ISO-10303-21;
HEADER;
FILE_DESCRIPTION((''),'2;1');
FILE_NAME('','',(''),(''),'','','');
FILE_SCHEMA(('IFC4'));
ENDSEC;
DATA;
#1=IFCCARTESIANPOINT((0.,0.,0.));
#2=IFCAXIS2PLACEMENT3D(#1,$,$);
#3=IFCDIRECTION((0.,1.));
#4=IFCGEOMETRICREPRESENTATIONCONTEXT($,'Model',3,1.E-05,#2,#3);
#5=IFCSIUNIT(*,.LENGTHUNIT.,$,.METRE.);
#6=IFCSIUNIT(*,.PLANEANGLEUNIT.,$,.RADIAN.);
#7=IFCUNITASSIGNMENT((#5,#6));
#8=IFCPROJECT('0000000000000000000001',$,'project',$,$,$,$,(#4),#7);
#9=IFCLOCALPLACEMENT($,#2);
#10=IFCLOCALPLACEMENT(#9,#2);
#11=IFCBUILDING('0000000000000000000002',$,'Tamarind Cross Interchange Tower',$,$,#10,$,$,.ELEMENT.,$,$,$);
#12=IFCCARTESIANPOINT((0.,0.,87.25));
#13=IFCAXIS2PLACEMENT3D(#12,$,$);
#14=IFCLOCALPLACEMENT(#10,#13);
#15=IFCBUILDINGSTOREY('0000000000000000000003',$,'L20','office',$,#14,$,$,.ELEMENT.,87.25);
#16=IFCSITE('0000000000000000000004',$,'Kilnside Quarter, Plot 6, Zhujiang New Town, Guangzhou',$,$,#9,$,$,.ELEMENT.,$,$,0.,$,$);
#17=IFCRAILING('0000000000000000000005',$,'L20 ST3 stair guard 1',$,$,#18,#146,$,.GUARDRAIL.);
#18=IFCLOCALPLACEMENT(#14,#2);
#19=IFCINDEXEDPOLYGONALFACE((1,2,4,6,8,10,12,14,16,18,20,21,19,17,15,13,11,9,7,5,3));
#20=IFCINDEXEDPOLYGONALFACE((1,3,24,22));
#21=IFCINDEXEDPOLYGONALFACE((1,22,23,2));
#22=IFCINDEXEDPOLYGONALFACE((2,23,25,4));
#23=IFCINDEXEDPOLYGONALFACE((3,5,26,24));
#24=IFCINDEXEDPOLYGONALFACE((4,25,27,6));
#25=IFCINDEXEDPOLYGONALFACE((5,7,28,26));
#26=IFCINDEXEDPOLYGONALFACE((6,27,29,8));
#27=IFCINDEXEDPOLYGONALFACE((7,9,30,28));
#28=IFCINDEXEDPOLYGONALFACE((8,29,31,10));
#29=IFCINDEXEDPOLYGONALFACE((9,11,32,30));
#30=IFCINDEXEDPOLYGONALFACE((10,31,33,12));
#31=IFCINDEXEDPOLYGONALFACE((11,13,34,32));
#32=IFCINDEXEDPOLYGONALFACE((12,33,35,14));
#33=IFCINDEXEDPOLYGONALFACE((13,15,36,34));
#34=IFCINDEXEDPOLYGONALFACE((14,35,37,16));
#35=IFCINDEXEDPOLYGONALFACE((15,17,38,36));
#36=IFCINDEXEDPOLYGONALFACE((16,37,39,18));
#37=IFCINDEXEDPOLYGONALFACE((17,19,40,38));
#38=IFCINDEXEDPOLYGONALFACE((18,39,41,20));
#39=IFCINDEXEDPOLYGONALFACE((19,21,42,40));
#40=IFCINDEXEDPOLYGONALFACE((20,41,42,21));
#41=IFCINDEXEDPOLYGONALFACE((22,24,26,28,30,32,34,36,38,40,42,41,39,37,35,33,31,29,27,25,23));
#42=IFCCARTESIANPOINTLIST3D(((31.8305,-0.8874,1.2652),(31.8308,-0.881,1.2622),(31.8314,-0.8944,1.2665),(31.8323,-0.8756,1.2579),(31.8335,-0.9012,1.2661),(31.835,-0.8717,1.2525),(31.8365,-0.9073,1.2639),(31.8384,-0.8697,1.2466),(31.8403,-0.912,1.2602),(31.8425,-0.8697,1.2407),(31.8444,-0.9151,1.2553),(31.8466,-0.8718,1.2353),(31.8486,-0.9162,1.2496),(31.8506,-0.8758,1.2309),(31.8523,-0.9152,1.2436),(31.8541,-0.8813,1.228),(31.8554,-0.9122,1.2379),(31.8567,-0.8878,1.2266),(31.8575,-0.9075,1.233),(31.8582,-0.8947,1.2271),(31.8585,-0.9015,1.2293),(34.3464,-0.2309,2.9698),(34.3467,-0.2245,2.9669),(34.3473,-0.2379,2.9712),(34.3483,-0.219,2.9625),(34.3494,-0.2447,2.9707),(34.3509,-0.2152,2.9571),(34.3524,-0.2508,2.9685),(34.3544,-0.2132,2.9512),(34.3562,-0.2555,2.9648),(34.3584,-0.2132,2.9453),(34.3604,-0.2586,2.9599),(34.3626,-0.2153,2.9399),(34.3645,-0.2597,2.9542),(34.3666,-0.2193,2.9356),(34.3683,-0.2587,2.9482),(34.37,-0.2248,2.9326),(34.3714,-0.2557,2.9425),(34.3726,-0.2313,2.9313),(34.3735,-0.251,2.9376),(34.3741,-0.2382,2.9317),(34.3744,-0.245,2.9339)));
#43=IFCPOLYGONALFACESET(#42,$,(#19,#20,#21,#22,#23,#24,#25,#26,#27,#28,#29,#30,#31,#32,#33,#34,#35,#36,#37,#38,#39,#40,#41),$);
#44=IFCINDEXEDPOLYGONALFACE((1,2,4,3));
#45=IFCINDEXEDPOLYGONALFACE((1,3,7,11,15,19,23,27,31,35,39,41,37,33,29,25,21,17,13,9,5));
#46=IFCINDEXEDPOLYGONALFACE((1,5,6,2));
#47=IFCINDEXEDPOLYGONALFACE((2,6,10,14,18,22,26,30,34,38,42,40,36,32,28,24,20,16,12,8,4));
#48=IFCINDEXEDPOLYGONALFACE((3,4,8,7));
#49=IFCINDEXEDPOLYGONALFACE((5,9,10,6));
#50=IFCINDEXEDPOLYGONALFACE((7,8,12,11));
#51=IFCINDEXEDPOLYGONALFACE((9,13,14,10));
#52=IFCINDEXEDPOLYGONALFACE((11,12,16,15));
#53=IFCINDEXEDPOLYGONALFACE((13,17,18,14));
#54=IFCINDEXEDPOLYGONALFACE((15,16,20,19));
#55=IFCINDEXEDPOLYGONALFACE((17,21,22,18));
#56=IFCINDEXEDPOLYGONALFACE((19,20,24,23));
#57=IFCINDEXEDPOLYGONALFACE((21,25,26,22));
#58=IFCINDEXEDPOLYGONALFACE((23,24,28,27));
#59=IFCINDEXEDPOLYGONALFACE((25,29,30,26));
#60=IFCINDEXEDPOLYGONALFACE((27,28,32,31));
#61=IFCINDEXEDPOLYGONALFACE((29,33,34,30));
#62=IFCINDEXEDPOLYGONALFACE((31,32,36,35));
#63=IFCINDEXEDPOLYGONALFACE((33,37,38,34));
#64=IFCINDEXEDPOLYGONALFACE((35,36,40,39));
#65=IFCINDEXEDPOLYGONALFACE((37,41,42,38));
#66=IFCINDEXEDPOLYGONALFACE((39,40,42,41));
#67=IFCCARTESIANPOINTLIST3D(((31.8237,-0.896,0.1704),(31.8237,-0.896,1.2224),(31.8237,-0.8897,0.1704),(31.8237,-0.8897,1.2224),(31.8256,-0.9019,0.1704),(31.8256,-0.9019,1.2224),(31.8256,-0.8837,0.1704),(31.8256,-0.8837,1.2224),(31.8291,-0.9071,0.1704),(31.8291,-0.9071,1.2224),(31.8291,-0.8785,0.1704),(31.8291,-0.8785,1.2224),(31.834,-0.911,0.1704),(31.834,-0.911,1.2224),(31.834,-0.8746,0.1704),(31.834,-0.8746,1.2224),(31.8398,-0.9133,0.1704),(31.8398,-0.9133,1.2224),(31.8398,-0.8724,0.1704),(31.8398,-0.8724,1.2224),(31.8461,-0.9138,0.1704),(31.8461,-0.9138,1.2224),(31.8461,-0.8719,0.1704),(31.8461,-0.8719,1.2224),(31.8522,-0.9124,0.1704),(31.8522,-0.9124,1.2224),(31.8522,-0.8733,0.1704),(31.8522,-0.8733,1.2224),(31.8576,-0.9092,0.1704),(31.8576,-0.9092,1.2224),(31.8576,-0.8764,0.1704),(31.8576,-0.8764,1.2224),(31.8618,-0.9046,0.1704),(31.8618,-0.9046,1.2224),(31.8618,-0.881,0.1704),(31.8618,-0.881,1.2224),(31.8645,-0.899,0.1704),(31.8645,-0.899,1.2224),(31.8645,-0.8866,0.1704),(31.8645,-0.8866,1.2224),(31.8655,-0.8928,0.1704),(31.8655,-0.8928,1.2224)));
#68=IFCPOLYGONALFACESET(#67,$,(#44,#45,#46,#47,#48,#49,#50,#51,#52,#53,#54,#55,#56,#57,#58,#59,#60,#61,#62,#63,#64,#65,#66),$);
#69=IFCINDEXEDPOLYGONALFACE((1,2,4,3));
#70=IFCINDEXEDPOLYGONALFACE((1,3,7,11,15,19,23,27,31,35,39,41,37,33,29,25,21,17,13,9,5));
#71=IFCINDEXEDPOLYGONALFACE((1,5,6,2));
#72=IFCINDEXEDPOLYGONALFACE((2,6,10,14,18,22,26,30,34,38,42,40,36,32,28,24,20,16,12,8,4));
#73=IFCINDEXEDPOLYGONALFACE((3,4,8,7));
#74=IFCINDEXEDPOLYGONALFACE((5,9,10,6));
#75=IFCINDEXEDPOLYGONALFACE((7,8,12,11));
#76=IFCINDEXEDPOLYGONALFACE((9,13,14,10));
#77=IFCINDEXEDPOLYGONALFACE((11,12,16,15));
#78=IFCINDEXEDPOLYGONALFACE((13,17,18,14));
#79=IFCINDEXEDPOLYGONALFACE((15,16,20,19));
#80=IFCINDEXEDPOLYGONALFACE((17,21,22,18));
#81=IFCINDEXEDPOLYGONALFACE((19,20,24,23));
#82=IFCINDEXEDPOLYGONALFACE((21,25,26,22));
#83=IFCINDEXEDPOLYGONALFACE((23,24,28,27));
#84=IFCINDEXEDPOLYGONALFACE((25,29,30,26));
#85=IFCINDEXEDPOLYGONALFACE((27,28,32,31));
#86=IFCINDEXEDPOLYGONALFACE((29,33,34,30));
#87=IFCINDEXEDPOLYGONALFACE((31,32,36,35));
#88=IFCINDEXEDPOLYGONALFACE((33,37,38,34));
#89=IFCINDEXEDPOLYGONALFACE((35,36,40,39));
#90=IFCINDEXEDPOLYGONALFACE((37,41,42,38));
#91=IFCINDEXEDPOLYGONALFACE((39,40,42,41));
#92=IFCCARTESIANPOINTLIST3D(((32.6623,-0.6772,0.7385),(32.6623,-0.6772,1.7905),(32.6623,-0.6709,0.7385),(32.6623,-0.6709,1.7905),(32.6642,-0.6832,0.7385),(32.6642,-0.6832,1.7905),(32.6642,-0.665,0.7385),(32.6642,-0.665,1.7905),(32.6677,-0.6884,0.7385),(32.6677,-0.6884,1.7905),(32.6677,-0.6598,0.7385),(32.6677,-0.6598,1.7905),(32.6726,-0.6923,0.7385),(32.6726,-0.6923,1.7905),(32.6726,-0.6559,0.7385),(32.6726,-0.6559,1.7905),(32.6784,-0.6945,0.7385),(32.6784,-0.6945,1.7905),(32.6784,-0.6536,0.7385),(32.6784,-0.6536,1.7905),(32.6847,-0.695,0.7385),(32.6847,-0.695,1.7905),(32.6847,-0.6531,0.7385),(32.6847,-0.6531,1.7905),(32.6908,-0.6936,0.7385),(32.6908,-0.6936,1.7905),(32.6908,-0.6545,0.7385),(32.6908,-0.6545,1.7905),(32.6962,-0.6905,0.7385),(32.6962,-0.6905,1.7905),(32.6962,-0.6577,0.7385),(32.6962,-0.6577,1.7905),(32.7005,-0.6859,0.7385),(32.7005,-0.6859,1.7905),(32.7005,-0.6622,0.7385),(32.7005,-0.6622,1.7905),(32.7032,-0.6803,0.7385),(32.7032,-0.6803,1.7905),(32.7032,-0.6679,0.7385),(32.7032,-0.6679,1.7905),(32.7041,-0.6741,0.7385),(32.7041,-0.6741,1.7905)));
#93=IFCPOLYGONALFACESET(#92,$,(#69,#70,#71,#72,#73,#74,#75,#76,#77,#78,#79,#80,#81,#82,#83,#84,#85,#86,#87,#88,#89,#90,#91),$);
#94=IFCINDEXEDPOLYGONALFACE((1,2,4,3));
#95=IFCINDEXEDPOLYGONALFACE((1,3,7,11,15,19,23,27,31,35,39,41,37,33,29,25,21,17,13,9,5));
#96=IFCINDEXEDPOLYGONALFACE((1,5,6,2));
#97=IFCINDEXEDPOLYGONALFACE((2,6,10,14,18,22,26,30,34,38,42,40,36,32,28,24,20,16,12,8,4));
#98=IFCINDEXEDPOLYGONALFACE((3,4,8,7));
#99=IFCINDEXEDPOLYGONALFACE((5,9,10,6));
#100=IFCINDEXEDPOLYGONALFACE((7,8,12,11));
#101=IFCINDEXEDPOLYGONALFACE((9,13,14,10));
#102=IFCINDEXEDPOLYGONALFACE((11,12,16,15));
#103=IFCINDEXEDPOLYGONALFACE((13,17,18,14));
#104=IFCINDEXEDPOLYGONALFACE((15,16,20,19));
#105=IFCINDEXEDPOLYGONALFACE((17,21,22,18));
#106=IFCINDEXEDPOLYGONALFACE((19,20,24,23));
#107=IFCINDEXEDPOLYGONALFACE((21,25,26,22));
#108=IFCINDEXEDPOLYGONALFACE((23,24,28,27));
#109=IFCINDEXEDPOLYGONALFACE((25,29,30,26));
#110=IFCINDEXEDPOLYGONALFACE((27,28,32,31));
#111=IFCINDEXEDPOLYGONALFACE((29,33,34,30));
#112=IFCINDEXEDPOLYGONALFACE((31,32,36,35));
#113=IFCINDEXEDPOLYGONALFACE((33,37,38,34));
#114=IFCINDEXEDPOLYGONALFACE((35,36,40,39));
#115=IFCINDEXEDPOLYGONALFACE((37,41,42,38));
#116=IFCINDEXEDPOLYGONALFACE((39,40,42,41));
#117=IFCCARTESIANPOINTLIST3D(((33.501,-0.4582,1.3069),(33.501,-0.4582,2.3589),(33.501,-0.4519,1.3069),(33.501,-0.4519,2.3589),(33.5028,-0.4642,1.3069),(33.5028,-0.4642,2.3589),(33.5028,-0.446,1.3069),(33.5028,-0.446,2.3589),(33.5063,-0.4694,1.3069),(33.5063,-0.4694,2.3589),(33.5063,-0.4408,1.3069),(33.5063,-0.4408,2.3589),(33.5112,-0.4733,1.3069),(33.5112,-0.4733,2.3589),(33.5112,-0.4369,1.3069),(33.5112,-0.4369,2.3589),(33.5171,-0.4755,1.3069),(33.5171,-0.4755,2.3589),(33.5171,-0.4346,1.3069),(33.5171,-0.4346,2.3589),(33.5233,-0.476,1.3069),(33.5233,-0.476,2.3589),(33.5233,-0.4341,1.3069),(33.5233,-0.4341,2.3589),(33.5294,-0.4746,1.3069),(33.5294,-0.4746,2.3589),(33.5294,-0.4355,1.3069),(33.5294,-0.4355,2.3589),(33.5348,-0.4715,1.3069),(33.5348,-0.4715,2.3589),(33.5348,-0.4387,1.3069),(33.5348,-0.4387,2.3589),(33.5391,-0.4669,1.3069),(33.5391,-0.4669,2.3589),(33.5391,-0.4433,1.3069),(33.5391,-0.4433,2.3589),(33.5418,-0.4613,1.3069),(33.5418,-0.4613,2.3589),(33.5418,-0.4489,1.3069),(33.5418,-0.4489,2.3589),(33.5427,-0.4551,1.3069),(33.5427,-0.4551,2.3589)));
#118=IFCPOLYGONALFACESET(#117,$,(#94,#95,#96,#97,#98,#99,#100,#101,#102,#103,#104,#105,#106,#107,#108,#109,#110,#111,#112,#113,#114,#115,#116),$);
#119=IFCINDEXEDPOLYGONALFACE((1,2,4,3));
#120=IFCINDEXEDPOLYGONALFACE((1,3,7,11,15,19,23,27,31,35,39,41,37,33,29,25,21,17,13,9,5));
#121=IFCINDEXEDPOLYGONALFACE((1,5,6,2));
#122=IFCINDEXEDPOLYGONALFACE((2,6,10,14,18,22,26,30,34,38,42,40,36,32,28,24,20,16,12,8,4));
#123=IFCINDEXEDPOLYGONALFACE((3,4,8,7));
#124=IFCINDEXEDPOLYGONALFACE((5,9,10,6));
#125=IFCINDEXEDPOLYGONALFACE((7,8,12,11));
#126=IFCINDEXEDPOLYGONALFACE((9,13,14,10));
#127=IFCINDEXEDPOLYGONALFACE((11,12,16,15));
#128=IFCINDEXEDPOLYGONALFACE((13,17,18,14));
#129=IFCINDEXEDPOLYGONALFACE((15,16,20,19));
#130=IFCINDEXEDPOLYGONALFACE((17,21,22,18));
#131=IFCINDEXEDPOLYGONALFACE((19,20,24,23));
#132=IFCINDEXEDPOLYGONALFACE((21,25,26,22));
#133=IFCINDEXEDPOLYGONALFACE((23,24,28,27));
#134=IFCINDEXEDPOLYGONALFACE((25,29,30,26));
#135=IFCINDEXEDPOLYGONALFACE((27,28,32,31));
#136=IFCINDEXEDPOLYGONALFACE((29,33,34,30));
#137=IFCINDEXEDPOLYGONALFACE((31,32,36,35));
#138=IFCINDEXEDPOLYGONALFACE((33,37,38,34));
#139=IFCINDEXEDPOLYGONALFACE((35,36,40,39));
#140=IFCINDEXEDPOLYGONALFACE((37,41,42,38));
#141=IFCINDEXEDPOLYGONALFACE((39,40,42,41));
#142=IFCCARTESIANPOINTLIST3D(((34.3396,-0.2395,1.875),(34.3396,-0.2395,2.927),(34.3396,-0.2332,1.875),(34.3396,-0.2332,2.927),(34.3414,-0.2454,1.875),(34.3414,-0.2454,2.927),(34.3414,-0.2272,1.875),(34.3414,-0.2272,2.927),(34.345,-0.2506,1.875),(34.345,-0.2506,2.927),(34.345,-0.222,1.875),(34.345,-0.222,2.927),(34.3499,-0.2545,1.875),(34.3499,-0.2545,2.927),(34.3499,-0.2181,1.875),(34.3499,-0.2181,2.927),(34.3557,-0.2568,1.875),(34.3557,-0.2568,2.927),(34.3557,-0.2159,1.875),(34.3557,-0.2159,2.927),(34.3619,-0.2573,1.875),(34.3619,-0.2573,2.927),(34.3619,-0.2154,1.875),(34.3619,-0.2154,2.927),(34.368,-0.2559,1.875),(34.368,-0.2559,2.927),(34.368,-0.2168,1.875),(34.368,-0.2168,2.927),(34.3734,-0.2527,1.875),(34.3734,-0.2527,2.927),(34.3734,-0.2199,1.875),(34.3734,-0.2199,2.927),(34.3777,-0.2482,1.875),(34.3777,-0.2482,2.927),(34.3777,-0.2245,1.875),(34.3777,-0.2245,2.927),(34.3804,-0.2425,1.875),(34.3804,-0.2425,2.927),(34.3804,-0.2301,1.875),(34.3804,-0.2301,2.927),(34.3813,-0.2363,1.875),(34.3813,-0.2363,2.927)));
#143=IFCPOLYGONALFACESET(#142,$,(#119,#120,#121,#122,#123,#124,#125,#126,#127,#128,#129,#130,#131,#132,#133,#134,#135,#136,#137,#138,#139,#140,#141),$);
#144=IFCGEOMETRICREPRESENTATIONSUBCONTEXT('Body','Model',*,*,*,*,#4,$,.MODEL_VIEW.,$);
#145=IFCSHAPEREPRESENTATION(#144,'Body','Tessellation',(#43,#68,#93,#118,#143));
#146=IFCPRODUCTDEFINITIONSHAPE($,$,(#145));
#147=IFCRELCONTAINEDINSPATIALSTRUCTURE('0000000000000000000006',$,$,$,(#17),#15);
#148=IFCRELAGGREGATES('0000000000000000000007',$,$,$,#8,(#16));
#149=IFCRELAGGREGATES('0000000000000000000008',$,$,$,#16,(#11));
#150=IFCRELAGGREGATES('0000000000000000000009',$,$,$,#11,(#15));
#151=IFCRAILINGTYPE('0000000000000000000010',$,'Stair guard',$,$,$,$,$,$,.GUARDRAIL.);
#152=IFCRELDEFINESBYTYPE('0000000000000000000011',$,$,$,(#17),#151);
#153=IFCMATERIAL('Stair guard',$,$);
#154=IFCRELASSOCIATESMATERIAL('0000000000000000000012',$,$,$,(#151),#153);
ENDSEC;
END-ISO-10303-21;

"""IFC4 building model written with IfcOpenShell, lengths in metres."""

from ifc_helpers import new_model, si_unit, direction, frame, origin, origin_2d, place, context, subcontext, project, spatial, circle, extrude, material, type_object, element, save


model = new_model("IFC4")

# Units and contexts
model_context = context("Model", 3, precision=1e-05, world=origin(), true_north=direction((0.0, 1.0)))
body_context = subcontext(model_context, "Body", "Model", "MODEL_VIEW")
ifc_project = project(units=[si_unit("LENGTHUNIT", "METRE"), si_unit("PLANEANGLEUNIT", "RADIAN")], contexts=[model_context])

# Site, building, storey
site_placement = place(None, origin())
site = spatial("IfcSite", under=ifc_project, at=site_placement, Name="Kilnside Quarter, Plot 6, Zhujiang New Town, Guangzhou", CompositionType="ELEMENT", RefElevation=0.0)
building_placement = place(site_placement, origin())
building = spatial("IfcBuilding", under=site, at=building_placement, Name="Tamarind Cross Interchange Tower", CompositionType="ELEMENT")
storey_placement = place(building_placement, frame((0.0, 0.0, 87.25)))
storey = spatial("IfcBuildingStorey", under=building, at=storey_placement, Name="L20", Description="office", CompositionType="ELEMENT", Elevation=87.25)

# Railing
ifc_material_1 = material(Name="Stair guard")
railing_type_1 = type_object("IfcRailingType", Name="Stair guard", PredefinedType="GUARDRAIL", material=ifc_material_1)
railing_1_placement = place(storey_placement, frame((31.8445, -0.8928, 0.1704)))
element("IfcRailing", 1, at=railing_1_placement, inside=storey, type_object=railing_type_1, Name="L20 ST3 stair guard 1", PredefinedType="GUARDRAIL", context=body_context, shape_type="SweptSolid", body=[
    extrude(circle(Radius=0.0239, at=origin_2d()), frame((0.0, 0.0, 1.0762), z_axis=(0.809208, 0.211156, 0.548267), x_axis=(-0.252487, 0.9676, 0.0)), (0.0, 0.0, 1.0), 3.1091),
    extrude(circle(Radius=0.021, at=origin_2d()), origin(), (0.0, 0.0, 1.0), 1.052),
    extrude(circle(Radius=0.021, at=origin_2d()), frame((0.8386, 0.2188, 0.5681)), (0.0, 0.0, 1.0), 1.052),
    extrude(circle(Radius=0.021, at=origin_2d()), frame((1.6772, 0.4377, 1.1365)), (0.0, 0.0, 1.0), 1.052),
    extrude(circle(Radius=0.021, at=origin_2d()), frame((2.5159, 0.6565, 1.7046)), (0.0, 0.0, 1.0), 1.052),
])

save(model, "model.ifc")
